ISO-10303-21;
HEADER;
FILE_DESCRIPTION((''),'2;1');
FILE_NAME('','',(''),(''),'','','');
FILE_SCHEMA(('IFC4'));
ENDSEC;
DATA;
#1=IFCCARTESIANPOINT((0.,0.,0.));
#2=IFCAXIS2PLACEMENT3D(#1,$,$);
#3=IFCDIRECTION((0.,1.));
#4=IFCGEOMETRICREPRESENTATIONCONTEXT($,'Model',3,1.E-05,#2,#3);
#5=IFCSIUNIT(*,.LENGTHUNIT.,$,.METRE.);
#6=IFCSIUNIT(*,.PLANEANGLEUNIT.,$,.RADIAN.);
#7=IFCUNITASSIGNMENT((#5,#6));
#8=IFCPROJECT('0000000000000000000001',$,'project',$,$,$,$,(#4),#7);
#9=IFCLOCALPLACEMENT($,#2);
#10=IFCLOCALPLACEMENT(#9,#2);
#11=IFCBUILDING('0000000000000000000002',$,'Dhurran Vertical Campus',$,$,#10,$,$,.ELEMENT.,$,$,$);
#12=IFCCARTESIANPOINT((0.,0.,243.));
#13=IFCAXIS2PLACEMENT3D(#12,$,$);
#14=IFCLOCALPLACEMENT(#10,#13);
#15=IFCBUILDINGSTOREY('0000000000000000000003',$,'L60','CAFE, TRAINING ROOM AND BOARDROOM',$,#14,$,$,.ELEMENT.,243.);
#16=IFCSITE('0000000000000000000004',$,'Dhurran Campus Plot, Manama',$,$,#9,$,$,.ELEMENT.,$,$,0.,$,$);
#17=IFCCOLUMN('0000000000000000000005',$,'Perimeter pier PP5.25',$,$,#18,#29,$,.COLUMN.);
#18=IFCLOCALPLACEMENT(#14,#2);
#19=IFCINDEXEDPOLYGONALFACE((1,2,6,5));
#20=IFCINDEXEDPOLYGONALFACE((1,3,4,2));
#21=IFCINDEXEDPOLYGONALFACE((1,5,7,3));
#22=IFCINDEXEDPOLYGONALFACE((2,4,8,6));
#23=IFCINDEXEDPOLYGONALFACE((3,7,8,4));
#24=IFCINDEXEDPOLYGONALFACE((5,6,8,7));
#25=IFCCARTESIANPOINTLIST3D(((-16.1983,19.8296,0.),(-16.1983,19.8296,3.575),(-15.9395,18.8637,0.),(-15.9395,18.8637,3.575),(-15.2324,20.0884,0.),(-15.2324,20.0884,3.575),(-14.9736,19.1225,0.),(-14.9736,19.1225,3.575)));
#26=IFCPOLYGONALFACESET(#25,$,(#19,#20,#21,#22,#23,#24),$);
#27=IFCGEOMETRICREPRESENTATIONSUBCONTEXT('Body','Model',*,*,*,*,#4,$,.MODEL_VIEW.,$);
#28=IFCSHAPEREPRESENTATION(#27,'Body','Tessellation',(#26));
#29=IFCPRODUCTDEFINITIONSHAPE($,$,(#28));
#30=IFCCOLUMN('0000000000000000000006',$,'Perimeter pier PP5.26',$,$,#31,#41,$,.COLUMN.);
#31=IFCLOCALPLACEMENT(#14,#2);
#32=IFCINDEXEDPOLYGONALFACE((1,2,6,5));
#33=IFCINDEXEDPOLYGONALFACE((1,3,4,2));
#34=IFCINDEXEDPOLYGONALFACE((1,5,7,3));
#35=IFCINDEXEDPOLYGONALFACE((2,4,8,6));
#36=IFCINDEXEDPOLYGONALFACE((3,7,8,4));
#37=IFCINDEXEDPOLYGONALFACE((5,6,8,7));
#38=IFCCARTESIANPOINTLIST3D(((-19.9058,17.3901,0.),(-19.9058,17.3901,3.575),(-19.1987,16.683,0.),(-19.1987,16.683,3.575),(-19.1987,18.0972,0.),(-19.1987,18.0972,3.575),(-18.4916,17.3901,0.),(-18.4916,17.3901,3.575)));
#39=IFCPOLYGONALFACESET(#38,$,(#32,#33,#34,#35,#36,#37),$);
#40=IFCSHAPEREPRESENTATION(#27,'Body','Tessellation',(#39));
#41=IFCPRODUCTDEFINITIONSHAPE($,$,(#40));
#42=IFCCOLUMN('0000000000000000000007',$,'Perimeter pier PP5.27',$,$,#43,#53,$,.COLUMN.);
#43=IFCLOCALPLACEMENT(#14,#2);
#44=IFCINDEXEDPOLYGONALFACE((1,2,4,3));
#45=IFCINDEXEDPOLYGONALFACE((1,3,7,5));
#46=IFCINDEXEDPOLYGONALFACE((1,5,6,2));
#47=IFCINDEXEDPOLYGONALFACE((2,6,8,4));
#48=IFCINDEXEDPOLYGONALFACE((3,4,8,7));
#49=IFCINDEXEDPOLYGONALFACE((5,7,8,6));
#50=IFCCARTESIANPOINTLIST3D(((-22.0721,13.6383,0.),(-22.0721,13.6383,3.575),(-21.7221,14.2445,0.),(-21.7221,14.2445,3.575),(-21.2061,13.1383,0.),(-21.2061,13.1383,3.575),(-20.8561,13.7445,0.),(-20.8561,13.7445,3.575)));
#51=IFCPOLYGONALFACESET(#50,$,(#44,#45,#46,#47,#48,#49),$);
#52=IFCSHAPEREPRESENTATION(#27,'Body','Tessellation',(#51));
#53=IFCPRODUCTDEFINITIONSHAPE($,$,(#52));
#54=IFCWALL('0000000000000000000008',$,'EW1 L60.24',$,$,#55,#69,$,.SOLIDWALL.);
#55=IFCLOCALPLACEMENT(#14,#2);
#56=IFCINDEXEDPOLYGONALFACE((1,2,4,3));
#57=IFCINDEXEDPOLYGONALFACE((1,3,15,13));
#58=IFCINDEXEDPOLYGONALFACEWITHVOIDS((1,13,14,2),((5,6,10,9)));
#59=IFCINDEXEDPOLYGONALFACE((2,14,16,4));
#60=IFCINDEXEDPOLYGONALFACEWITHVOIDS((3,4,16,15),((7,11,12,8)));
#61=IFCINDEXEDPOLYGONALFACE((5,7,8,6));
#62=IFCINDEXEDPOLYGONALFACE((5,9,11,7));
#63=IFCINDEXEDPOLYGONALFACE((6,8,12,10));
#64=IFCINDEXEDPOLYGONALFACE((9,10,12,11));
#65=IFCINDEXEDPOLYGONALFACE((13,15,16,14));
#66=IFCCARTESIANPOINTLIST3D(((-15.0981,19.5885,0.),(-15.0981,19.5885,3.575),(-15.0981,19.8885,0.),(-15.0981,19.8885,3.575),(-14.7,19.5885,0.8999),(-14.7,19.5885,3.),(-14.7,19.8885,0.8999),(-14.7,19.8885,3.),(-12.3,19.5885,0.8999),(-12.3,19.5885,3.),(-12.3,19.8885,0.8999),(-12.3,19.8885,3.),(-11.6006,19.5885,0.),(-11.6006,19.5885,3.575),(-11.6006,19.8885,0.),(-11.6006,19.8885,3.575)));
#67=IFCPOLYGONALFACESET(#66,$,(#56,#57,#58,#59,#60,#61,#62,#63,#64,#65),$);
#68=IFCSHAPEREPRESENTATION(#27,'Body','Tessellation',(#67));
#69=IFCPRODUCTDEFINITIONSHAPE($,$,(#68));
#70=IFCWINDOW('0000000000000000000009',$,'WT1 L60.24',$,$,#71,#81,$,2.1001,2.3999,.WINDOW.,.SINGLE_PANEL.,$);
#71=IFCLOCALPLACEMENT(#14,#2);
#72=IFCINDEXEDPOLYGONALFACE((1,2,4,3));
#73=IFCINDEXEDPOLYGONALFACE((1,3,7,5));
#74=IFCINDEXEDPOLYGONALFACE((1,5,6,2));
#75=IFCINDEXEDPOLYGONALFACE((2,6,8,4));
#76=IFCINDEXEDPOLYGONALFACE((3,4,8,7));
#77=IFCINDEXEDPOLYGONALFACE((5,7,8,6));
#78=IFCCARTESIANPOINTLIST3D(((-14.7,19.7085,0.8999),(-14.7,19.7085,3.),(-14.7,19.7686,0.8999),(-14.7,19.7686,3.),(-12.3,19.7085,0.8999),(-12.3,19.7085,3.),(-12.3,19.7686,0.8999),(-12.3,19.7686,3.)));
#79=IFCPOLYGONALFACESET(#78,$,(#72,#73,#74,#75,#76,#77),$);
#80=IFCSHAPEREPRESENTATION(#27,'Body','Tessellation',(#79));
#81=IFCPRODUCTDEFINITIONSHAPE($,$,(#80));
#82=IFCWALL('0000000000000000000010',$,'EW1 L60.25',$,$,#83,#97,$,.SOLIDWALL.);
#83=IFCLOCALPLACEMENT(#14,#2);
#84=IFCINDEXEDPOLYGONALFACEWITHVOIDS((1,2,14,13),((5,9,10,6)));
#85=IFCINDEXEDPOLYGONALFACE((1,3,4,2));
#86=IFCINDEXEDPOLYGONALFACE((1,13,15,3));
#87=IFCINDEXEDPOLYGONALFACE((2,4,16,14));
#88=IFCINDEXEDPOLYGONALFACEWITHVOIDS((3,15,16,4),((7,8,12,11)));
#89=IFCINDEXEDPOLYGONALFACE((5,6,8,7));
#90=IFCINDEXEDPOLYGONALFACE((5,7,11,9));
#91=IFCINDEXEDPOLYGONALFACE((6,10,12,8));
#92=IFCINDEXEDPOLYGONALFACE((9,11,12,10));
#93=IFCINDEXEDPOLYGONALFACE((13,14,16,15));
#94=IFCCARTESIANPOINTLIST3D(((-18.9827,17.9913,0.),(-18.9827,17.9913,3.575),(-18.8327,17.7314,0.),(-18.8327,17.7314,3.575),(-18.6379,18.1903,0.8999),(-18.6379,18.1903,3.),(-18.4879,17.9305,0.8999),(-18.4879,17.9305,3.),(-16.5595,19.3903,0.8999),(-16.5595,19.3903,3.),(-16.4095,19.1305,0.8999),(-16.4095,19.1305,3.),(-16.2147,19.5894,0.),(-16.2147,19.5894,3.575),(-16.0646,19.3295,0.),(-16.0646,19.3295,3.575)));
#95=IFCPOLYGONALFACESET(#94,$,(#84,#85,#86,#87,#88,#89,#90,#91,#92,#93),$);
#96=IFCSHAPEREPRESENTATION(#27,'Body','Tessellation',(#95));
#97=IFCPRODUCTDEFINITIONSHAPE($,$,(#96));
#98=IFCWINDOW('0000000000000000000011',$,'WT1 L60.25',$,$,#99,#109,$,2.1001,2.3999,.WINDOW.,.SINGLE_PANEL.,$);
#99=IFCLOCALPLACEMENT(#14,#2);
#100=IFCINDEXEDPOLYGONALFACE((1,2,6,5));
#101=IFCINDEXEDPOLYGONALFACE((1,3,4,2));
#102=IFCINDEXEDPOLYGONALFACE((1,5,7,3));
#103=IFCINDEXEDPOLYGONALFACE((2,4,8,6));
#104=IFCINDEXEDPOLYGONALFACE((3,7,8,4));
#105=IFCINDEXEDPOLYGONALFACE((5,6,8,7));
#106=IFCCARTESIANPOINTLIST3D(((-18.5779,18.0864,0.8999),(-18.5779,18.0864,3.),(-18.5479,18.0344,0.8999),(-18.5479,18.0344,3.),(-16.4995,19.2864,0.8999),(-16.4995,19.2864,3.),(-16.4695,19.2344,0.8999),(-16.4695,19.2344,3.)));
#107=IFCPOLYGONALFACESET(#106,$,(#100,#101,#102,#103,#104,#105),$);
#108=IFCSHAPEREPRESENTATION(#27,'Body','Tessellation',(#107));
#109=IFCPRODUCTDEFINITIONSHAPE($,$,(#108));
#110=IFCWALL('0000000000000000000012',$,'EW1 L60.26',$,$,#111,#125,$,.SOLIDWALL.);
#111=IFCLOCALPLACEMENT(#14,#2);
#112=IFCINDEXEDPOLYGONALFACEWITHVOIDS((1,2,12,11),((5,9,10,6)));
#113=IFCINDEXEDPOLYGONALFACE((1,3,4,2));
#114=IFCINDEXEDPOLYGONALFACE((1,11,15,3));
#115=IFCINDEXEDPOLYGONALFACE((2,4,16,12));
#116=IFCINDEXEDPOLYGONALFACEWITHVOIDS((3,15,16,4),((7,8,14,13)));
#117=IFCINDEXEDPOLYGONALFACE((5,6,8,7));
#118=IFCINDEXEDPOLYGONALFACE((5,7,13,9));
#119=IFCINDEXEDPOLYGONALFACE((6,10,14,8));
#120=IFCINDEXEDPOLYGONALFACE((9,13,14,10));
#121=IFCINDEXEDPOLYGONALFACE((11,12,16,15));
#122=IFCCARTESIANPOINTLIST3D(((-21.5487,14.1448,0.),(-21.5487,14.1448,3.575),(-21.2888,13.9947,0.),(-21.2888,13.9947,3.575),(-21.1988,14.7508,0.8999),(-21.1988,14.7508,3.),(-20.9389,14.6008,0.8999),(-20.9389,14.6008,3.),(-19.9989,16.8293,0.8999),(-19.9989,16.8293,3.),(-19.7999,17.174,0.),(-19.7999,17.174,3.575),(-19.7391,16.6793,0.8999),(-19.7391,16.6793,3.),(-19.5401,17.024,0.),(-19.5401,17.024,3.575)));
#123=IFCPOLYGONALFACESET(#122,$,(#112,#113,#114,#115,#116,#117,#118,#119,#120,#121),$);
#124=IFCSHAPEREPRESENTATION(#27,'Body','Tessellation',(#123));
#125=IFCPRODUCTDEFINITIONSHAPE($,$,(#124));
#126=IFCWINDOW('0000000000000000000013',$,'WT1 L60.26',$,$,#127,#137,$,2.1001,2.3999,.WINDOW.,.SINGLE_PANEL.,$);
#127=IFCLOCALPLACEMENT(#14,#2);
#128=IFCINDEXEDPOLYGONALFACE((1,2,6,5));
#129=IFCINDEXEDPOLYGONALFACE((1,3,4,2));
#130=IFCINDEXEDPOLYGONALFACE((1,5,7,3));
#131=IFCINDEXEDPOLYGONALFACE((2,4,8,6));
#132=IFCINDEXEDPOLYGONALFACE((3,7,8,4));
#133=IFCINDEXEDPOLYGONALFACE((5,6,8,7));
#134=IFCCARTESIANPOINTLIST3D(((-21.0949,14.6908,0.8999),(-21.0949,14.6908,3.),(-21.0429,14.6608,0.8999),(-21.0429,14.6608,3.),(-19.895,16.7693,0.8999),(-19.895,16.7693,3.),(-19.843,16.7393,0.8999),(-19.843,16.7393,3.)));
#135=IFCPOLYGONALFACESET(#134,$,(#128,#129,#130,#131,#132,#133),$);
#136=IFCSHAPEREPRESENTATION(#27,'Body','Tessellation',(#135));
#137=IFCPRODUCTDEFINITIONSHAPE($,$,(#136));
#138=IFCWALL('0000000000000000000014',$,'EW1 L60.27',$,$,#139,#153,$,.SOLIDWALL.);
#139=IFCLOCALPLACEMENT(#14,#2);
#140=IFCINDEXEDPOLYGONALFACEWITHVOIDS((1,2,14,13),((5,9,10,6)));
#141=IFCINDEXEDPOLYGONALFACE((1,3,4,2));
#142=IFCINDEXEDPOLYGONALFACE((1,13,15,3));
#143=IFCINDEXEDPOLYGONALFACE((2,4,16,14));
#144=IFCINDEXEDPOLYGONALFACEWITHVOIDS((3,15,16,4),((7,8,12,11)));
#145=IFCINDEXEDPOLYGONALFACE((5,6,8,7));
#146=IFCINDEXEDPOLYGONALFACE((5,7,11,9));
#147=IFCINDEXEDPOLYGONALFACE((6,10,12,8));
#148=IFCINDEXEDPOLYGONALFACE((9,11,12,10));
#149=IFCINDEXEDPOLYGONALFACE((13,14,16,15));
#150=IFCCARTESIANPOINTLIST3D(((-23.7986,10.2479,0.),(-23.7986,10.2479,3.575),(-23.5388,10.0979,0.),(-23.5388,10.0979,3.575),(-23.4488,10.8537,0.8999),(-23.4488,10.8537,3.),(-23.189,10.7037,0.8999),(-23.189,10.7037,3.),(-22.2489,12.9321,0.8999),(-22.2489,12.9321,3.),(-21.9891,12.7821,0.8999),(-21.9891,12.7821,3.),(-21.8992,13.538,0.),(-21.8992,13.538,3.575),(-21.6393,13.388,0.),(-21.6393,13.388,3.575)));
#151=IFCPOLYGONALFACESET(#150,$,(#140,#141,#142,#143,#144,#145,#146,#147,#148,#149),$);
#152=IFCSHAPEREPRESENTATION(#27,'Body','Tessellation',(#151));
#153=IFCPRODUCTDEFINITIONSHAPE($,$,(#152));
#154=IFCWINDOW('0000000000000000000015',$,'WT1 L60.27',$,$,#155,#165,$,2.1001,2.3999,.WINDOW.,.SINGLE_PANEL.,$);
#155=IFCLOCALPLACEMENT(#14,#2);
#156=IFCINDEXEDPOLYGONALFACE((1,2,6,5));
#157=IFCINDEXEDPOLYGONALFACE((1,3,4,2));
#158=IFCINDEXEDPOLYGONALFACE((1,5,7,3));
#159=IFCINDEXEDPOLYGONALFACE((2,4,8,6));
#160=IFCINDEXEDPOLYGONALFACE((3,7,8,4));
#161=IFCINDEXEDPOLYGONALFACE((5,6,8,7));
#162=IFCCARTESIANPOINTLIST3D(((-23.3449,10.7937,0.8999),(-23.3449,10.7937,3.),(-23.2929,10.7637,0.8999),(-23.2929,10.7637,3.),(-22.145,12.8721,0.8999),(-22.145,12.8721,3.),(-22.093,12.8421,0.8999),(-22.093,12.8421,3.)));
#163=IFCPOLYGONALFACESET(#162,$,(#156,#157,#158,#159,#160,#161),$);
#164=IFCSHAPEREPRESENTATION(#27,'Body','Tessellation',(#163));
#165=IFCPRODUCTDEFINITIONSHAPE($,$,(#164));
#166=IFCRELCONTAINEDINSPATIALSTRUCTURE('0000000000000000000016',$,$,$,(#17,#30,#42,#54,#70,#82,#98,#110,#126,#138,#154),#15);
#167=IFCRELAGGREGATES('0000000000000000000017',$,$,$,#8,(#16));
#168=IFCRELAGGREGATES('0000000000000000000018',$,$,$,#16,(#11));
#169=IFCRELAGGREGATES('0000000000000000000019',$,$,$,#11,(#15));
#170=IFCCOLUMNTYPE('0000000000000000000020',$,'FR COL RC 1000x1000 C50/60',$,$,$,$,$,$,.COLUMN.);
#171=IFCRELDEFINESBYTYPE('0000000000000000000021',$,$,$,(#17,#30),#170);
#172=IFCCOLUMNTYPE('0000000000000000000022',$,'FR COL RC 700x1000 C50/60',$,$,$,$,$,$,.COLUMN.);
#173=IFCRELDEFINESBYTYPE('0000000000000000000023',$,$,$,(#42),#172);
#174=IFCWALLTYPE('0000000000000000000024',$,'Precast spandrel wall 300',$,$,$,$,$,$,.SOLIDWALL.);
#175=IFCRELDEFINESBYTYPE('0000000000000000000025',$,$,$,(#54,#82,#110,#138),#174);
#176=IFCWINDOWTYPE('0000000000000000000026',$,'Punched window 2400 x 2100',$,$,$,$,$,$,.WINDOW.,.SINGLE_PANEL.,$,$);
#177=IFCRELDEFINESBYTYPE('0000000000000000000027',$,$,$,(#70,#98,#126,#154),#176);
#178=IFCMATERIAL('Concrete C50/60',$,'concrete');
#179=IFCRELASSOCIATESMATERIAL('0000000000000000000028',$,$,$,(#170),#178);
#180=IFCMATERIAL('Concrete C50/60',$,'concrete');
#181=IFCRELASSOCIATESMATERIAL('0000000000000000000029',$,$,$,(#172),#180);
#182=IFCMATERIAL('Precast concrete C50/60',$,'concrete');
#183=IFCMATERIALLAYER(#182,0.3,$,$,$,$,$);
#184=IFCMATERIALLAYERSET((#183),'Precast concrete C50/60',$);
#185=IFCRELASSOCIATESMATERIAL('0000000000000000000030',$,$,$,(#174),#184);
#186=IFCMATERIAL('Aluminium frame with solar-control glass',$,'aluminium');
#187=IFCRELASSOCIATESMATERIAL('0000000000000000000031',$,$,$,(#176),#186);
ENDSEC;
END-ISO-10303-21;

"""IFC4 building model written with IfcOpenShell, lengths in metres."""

from ifc_helpers import new_model, si_unit, direction, frame, frame_2d, origin, origin_2d, place, context, subcontext, project, spatial, rectangle, extrude, material, layer, layer_set, material_profile, profile_set, type_object, element, fill, save


model = new_model("IFC4")

# Units and contexts
model_context = context("Model", 3, precision=1e-05, world=origin(), true_north=direction((0.0, 1.0)))
body_context = subcontext(model_context, "Body", "Model", "MODEL_VIEW")
ifc_project = project(units=[si_unit("LENGTHUNIT", "METRE"), si_unit("PLANEANGLEUNIT", "RADIAN")], contexts=[model_context])

# Site, building, storey
site_placement = place(None, origin())
site = spatial("IfcSite", under=ifc_project, at=site_placement, Name="Dhurran Campus Plot, Manama", CompositionType="ELEMENT", RefElevation=0.0)
building_placement = place(site_placement, origin())
building = spatial("IfcBuilding", under=site, at=building_placement, Name="Dhurran Vertical Campus", CompositionType="ELEMENT")
storey_placement = place(building_placement, frame((0.0, 0.0, 243.0)))
storey = spatial("IfcBuildingStorey", under=building, at=storey_placement, Name="L60", Description="CAFE, TRAINING ROOM AND BOARDROOM", CompositionType="ELEMENT", Elevation=243.0)

# Columns
ifc_material_1 = material(Name="Concrete C50/60", Category="concrete")
ifc_material_profile_1 = material_profile(ifc_material_1, rectangle(XDim=1.0, YDim=1.0, at=origin_2d()), Name="RC 1000x1000")
ifc_profile_set_1 = profile_set([ifc_material_profile_1], Name="Concrete C50/60")
column_type_1 = type_object("IfcColumnType", Name="FR COL RC 1000x1000 C50/60", PredefinedType="COLUMN", material=ifc_profile_set_1)
for number, where, z_axis, x_axis, name in (
    (1, (-15.5859, 19.4761, 0.0), (0.0, 0.0, 1.0), (-0.965926, -0.258819, 0.0), "Perimeter pier PP5.25"),
    (2, (-19.1987, 17.3901, 0.0), (0.0, 0.0, 1.0), (-0.707107, -0.707107, 0.0), "Perimeter pier PP5.26"),
):
    element("IfcColumn", number, at=place(storey_placement, frame(where, z_axis=z_axis, x_axis=x_axis)), inside=storey, type_object=column_type_1, Name=name, PredefinedType="COLUMN", context=body_context, shape_type="SweptSolid", body=[
        extrude(rectangle(XDim=1.0, YDim=1.0, at=origin_2d()), origin(), (0.0, 0.0, 1.0), 3.575),
    ])
ifc_material_2 = material(Name="Concrete C50/60", Category="concrete")
ifc_material_profile_2 = material_profile(ifc_material_2, rectangle(XDim=0.7, YDim=1.0, at=origin_2d()), Name="RC 700x1000")
ifc_profile_set_2 = profile_set([ifc_material_profile_2], Name="Concrete C50/60")
column_type_2 = type_object("IfcColumnType", Name="FR COL RC 700x1000 C50/60", PredefinedType="COLUMN", material=ifc_profile_set_2)
column_placement = place(storey_placement, frame((-21.4641, 13.6914, 0.0), z_axis=(0.0, 0.0, 1.0), x_axis=(-0.5, -0.866025, 0.0)))
element("IfcColumn", 3, at=column_placement, inside=storey, type_object=column_type_2, Name="Perimeter pier PP5.27", PredefinedType="COLUMN", context=body_context, shape_type="SweptSolid", body=[
    extrude(rectangle(XDim=0.7, YDim=1.0, at=origin_2d()), origin(), (0.0, 0.0, 1.0), 3.575),
])

# Walls, openings, windows
ifc_material_3 = material(Name="Precast concrete C50/60", Category="concrete")
ifc_layer_1 = layer(ifc_material_3, 0.3)
ifc_layer_set_1 = layer_set([ifc_layer_1], Name="Precast concrete C50/60")
wall_type_1 = type_object("IfcWallType", Name="Precast spandrel wall 300", PredefinedType="SOLIDWALL", material=ifc_layer_set_1)
wall_1_placement = place(storey_placement, frame((-11.6006, 19.7385, 0.0), z_axis=(0.0, 0.0, 1.0), x_axis=(-1.0, 0.0, 0.0)))
wall_1 = element("IfcWall", 4, at=wall_1_placement, inside=storey, type_object=wall_type_1, Name="EW1 L60.24", PredefinedType="SOLIDWALL", context=body_context, shape_type="SweptSolid", body=[
    extrude(rectangle(XDim=3.4976, YDim=0.3, at=frame_2d((1.7488, 0.0))), origin(), (0.0, 0.0, 1.0), 3.575),
])
opening_1_placement = place(wall_1_placement, frame((0.6995, 0.0, 0.8999)))
opening_1 = element("IfcOpeningElement", 5, at=opening_1_placement, cuts=wall_1, PredefinedType="OPENING", context=body_context, shape_type="SweptSolid", body=[
    extrude(rectangle(XDim=2.3999, YDim=2.1001, at=frame_2d((1.2, 1.05))), frame((0.0, 0.1599, 0.0), z_axis=(0.0, -1.0, 0.0), x_axis=(1.0, 0.0, 0.0)), (0.0, 0.0, 1.0), 0.3201),
])
ifc_material_4 = material(Name="Aluminium frame with solar-control glass", Category="aluminium")
window_type = type_object("IfcWindowType", Name="Punched window 2400 x 2100", PartitioningType="SINGLE_PANEL", PredefinedType="WINDOW", material=ifc_material_4)
window_1_placement = place(opening_1_placement, origin())
window_1 = element("IfcWindow", 6, at=window_1_placement, inside=storey, type_object=window_type, Name="WT1 L60.24", OverallHeight=2.1001, OverallWidth=2.3999, PartitioningType="SINGLE_PANEL", PredefinedType="WINDOW", context=body_context, shape_type="SweptSolid", body=[
    extrude(rectangle(XDim=2.3999, YDim=2.1001, at=frame_2d((1.2, 1.05))), frame((0.0, 0.03, 0.0), z_axis=(0.0, -1.0, 0.0), x_axis=(1.0, 0.0, 0.0)), (0.0, 0.0, 1.0), 0.0601),
])
fill(opening_1, window_1)
wall_2_placement = place(storey_placement, frame((-16.1396, 19.4595, 0.0), z_axis=(0.0, 0.0, 1.0), x_axis=(-0.866025, -0.5, 0.0)))
wall_2 = element("IfcWall", 7, at=wall_2_placement, inside=storey, type_object=wall_type_1, Name="EW1 L60.25", PredefinedType="SOLIDWALL", context=body_context, shape_type="SweptSolid", body=[
    extrude(rectangle(XDim=3.1963, YDim=0.3, at=frame_2d((1.5981, 0.0))), origin(), (0.0, 0.0, 1.0), 3.575),
])
opening_2_placement = place(wall_2_placement, frame((0.3982, 0.0, 0.8999)))
opening_2 = element("IfcOpeningElement", 8, at=opening_2_placement, cuts=wall_2, PredefinedType="OPENING", context=body_context, shape_type="SweptSolid", body=[
    extrude(rectangle(XDim=2.3999, YDim=2.1001, at=frame_2d((1.2, 1.05))), frame((0.0, 0.1599, 0.0), z_axis=(0.0, -1.0, 0.0), x_axis=(1.0, 0.0, 0.0)), (0.0, 0.0, 1.0), 0.3201),
])
window_2_placement = place(opening_2_placement, origin())
window_2 = element("IfcWindow", 9, at=window_2_placement, inside=storey, type_object=window_type, Name="WT1 L60.25", OverallHeight=2.1001, OverallWidth=2.3999, PartitioningType="SINGLE_PANEL", PredefinedType="WINDOW", context=body_context, shape_type="SweptSolid", body=[
    extrude(rectangle(XDim=2.3999, YDim=2.1001, at=frame_2d((1.2, 1.05))), frame((0.0, 0.03, 0.0), z_axis=(0.0, -1.0, 0.0), x_axis=(1.0, 0.0, 0.0)), (0.0, 0.0, 1.0), 0.0601),
])
fill(opening_2, window_2)
wall_3_placement = place(storey_placement, frame((-19.6699, 17.0991, 0.0), z_axis=(0.0, 0.0, 1.0), x_axis=(-0.49996, -0.866048, 0.0)))
wall_3 = element("IfcWall", 10, at=wall_3_placement, inside=storey, type_object=wall_type_1, Name="EW1 L60.26", PredefinedType="SOLIDWALL", context=body_context, shape_type="SweptSolid", body=[
    extrude(rectangle(XDim=3.4978, YDim=0.3, at=frame_2d((1.749, 0.0))), origin(), (0.0, 0.0, 1.0), 3.575),
])
opening_3_placement = place(wall_3_placement, frame((0.3982, 0.0, 0.8999)))
opening_3 = element("IfcOpeningElement", 11, at=opening_3_placement, cuts=wall_3, PredefinedType="OPENING", context=body_context, shape_type="SweptSolid", body=[
    extrude(rectangle(XDim=2.3999, YDim=2.1001, at=frame_2d((1.2, 1.05))), frame((0.0, 0.1599, 0.0), z_axis=(0.0, -1.0, 0.0), x_axis=(1.0, 0.0, 0.0)), (0.0, 0.0, 1.0), 0.3201),
])
window_3_placement = place(opening_3_placement, origin())
window_3 = element("IfcWindow", 12, at=window_3_placement, inside=storey, type_object=window_type, Name="WT1 L60.26", OverallHeight=2.1001, OverallWidth=2.3999, PartitioningType="SINGLE_PANEL", PredefinedType="WINDOW", context=body_context, shape_type="SweptSolid", body=[
    extrude(rectangle(XDim=2.3999, YDim=2.1001, at=frame_2d((1.2, 1.05))), frame((0.0, 0.03, 0.0), z_axis=(0.0, -1.0, 0.0), x_axis=(1.0, 0.0, 0.0)), (0.0, 0.0, 1.0), 0.0601),
])
fill(opening_3, window_3)
wall_4_placement = place(storey_placement, frame((-21.7693, 13.4629, 0.0), z_axis=(0.0, 0.0, 1.0), x_axis=(-0.499982, -0.866036, 0.0)))
wall_4 = element("IfcWall", 13, at=wall_4_placement, inside=storey, type_object=wall_type_1, Name="EW1 L60.27", PredefinedType="SOLIDWALL", context=body_context, shape_type="SweptSolid", body=[
    extrude(rectangle(XDim=3.7991, YDim=0.3, at=frame_2d((1.8994, 0.0))), origin(), (0.0, 0.0, 1.0), 3.575),
])
opening_4_placement = place(wall_4_placement, frame((0.6995, 0.0, 0.8999)))
opening_4 = element("IfcOpeningElement", 14, at=opening_4_placement, cuts=wall_4, PredefinedType="OPENING", context=body_context, shape_type="SweptSolid", body=[
    extrude(rectangle(XDim=2.3999, YDim=2.1001, at=frame_2d((1.2, 1.05))), frame((0.0, 0.1599, 0.0), z_axis=(0.0, -1.0, 0.0), x_axis=(1.0, 0.0, 0.0)), (0.0, 0.0, 1.0), 0.3201),
])
window_4_placement = place(opening_4_placement, origin())
window_4 = element("IfcWindow", 15, at=window_4_placement, inside=storey, type_object=window_type, Name="WT1 L60.27", OverallHeight=2.1001, OverallWidth=2.3999, PartitioningType="SINGLE_PANEL", PredefinedType="WINDOW", context=body_context, shape_type="SweptSolid", body=[
    extrude(rectangle(XDim=2.3999, YDim=2.1001, at=frame_2d((1.2, 1.05))), frame((0.0, 0.03, 0.0), z_axis=(0.0, -1.0, 0.0), x_axis=(1.0, 0.0, 0.0)), (0.0, 0.0, 1.0), 0.0601),
])
fill(opening_4, window_4)

save(model, "model.ifc")
